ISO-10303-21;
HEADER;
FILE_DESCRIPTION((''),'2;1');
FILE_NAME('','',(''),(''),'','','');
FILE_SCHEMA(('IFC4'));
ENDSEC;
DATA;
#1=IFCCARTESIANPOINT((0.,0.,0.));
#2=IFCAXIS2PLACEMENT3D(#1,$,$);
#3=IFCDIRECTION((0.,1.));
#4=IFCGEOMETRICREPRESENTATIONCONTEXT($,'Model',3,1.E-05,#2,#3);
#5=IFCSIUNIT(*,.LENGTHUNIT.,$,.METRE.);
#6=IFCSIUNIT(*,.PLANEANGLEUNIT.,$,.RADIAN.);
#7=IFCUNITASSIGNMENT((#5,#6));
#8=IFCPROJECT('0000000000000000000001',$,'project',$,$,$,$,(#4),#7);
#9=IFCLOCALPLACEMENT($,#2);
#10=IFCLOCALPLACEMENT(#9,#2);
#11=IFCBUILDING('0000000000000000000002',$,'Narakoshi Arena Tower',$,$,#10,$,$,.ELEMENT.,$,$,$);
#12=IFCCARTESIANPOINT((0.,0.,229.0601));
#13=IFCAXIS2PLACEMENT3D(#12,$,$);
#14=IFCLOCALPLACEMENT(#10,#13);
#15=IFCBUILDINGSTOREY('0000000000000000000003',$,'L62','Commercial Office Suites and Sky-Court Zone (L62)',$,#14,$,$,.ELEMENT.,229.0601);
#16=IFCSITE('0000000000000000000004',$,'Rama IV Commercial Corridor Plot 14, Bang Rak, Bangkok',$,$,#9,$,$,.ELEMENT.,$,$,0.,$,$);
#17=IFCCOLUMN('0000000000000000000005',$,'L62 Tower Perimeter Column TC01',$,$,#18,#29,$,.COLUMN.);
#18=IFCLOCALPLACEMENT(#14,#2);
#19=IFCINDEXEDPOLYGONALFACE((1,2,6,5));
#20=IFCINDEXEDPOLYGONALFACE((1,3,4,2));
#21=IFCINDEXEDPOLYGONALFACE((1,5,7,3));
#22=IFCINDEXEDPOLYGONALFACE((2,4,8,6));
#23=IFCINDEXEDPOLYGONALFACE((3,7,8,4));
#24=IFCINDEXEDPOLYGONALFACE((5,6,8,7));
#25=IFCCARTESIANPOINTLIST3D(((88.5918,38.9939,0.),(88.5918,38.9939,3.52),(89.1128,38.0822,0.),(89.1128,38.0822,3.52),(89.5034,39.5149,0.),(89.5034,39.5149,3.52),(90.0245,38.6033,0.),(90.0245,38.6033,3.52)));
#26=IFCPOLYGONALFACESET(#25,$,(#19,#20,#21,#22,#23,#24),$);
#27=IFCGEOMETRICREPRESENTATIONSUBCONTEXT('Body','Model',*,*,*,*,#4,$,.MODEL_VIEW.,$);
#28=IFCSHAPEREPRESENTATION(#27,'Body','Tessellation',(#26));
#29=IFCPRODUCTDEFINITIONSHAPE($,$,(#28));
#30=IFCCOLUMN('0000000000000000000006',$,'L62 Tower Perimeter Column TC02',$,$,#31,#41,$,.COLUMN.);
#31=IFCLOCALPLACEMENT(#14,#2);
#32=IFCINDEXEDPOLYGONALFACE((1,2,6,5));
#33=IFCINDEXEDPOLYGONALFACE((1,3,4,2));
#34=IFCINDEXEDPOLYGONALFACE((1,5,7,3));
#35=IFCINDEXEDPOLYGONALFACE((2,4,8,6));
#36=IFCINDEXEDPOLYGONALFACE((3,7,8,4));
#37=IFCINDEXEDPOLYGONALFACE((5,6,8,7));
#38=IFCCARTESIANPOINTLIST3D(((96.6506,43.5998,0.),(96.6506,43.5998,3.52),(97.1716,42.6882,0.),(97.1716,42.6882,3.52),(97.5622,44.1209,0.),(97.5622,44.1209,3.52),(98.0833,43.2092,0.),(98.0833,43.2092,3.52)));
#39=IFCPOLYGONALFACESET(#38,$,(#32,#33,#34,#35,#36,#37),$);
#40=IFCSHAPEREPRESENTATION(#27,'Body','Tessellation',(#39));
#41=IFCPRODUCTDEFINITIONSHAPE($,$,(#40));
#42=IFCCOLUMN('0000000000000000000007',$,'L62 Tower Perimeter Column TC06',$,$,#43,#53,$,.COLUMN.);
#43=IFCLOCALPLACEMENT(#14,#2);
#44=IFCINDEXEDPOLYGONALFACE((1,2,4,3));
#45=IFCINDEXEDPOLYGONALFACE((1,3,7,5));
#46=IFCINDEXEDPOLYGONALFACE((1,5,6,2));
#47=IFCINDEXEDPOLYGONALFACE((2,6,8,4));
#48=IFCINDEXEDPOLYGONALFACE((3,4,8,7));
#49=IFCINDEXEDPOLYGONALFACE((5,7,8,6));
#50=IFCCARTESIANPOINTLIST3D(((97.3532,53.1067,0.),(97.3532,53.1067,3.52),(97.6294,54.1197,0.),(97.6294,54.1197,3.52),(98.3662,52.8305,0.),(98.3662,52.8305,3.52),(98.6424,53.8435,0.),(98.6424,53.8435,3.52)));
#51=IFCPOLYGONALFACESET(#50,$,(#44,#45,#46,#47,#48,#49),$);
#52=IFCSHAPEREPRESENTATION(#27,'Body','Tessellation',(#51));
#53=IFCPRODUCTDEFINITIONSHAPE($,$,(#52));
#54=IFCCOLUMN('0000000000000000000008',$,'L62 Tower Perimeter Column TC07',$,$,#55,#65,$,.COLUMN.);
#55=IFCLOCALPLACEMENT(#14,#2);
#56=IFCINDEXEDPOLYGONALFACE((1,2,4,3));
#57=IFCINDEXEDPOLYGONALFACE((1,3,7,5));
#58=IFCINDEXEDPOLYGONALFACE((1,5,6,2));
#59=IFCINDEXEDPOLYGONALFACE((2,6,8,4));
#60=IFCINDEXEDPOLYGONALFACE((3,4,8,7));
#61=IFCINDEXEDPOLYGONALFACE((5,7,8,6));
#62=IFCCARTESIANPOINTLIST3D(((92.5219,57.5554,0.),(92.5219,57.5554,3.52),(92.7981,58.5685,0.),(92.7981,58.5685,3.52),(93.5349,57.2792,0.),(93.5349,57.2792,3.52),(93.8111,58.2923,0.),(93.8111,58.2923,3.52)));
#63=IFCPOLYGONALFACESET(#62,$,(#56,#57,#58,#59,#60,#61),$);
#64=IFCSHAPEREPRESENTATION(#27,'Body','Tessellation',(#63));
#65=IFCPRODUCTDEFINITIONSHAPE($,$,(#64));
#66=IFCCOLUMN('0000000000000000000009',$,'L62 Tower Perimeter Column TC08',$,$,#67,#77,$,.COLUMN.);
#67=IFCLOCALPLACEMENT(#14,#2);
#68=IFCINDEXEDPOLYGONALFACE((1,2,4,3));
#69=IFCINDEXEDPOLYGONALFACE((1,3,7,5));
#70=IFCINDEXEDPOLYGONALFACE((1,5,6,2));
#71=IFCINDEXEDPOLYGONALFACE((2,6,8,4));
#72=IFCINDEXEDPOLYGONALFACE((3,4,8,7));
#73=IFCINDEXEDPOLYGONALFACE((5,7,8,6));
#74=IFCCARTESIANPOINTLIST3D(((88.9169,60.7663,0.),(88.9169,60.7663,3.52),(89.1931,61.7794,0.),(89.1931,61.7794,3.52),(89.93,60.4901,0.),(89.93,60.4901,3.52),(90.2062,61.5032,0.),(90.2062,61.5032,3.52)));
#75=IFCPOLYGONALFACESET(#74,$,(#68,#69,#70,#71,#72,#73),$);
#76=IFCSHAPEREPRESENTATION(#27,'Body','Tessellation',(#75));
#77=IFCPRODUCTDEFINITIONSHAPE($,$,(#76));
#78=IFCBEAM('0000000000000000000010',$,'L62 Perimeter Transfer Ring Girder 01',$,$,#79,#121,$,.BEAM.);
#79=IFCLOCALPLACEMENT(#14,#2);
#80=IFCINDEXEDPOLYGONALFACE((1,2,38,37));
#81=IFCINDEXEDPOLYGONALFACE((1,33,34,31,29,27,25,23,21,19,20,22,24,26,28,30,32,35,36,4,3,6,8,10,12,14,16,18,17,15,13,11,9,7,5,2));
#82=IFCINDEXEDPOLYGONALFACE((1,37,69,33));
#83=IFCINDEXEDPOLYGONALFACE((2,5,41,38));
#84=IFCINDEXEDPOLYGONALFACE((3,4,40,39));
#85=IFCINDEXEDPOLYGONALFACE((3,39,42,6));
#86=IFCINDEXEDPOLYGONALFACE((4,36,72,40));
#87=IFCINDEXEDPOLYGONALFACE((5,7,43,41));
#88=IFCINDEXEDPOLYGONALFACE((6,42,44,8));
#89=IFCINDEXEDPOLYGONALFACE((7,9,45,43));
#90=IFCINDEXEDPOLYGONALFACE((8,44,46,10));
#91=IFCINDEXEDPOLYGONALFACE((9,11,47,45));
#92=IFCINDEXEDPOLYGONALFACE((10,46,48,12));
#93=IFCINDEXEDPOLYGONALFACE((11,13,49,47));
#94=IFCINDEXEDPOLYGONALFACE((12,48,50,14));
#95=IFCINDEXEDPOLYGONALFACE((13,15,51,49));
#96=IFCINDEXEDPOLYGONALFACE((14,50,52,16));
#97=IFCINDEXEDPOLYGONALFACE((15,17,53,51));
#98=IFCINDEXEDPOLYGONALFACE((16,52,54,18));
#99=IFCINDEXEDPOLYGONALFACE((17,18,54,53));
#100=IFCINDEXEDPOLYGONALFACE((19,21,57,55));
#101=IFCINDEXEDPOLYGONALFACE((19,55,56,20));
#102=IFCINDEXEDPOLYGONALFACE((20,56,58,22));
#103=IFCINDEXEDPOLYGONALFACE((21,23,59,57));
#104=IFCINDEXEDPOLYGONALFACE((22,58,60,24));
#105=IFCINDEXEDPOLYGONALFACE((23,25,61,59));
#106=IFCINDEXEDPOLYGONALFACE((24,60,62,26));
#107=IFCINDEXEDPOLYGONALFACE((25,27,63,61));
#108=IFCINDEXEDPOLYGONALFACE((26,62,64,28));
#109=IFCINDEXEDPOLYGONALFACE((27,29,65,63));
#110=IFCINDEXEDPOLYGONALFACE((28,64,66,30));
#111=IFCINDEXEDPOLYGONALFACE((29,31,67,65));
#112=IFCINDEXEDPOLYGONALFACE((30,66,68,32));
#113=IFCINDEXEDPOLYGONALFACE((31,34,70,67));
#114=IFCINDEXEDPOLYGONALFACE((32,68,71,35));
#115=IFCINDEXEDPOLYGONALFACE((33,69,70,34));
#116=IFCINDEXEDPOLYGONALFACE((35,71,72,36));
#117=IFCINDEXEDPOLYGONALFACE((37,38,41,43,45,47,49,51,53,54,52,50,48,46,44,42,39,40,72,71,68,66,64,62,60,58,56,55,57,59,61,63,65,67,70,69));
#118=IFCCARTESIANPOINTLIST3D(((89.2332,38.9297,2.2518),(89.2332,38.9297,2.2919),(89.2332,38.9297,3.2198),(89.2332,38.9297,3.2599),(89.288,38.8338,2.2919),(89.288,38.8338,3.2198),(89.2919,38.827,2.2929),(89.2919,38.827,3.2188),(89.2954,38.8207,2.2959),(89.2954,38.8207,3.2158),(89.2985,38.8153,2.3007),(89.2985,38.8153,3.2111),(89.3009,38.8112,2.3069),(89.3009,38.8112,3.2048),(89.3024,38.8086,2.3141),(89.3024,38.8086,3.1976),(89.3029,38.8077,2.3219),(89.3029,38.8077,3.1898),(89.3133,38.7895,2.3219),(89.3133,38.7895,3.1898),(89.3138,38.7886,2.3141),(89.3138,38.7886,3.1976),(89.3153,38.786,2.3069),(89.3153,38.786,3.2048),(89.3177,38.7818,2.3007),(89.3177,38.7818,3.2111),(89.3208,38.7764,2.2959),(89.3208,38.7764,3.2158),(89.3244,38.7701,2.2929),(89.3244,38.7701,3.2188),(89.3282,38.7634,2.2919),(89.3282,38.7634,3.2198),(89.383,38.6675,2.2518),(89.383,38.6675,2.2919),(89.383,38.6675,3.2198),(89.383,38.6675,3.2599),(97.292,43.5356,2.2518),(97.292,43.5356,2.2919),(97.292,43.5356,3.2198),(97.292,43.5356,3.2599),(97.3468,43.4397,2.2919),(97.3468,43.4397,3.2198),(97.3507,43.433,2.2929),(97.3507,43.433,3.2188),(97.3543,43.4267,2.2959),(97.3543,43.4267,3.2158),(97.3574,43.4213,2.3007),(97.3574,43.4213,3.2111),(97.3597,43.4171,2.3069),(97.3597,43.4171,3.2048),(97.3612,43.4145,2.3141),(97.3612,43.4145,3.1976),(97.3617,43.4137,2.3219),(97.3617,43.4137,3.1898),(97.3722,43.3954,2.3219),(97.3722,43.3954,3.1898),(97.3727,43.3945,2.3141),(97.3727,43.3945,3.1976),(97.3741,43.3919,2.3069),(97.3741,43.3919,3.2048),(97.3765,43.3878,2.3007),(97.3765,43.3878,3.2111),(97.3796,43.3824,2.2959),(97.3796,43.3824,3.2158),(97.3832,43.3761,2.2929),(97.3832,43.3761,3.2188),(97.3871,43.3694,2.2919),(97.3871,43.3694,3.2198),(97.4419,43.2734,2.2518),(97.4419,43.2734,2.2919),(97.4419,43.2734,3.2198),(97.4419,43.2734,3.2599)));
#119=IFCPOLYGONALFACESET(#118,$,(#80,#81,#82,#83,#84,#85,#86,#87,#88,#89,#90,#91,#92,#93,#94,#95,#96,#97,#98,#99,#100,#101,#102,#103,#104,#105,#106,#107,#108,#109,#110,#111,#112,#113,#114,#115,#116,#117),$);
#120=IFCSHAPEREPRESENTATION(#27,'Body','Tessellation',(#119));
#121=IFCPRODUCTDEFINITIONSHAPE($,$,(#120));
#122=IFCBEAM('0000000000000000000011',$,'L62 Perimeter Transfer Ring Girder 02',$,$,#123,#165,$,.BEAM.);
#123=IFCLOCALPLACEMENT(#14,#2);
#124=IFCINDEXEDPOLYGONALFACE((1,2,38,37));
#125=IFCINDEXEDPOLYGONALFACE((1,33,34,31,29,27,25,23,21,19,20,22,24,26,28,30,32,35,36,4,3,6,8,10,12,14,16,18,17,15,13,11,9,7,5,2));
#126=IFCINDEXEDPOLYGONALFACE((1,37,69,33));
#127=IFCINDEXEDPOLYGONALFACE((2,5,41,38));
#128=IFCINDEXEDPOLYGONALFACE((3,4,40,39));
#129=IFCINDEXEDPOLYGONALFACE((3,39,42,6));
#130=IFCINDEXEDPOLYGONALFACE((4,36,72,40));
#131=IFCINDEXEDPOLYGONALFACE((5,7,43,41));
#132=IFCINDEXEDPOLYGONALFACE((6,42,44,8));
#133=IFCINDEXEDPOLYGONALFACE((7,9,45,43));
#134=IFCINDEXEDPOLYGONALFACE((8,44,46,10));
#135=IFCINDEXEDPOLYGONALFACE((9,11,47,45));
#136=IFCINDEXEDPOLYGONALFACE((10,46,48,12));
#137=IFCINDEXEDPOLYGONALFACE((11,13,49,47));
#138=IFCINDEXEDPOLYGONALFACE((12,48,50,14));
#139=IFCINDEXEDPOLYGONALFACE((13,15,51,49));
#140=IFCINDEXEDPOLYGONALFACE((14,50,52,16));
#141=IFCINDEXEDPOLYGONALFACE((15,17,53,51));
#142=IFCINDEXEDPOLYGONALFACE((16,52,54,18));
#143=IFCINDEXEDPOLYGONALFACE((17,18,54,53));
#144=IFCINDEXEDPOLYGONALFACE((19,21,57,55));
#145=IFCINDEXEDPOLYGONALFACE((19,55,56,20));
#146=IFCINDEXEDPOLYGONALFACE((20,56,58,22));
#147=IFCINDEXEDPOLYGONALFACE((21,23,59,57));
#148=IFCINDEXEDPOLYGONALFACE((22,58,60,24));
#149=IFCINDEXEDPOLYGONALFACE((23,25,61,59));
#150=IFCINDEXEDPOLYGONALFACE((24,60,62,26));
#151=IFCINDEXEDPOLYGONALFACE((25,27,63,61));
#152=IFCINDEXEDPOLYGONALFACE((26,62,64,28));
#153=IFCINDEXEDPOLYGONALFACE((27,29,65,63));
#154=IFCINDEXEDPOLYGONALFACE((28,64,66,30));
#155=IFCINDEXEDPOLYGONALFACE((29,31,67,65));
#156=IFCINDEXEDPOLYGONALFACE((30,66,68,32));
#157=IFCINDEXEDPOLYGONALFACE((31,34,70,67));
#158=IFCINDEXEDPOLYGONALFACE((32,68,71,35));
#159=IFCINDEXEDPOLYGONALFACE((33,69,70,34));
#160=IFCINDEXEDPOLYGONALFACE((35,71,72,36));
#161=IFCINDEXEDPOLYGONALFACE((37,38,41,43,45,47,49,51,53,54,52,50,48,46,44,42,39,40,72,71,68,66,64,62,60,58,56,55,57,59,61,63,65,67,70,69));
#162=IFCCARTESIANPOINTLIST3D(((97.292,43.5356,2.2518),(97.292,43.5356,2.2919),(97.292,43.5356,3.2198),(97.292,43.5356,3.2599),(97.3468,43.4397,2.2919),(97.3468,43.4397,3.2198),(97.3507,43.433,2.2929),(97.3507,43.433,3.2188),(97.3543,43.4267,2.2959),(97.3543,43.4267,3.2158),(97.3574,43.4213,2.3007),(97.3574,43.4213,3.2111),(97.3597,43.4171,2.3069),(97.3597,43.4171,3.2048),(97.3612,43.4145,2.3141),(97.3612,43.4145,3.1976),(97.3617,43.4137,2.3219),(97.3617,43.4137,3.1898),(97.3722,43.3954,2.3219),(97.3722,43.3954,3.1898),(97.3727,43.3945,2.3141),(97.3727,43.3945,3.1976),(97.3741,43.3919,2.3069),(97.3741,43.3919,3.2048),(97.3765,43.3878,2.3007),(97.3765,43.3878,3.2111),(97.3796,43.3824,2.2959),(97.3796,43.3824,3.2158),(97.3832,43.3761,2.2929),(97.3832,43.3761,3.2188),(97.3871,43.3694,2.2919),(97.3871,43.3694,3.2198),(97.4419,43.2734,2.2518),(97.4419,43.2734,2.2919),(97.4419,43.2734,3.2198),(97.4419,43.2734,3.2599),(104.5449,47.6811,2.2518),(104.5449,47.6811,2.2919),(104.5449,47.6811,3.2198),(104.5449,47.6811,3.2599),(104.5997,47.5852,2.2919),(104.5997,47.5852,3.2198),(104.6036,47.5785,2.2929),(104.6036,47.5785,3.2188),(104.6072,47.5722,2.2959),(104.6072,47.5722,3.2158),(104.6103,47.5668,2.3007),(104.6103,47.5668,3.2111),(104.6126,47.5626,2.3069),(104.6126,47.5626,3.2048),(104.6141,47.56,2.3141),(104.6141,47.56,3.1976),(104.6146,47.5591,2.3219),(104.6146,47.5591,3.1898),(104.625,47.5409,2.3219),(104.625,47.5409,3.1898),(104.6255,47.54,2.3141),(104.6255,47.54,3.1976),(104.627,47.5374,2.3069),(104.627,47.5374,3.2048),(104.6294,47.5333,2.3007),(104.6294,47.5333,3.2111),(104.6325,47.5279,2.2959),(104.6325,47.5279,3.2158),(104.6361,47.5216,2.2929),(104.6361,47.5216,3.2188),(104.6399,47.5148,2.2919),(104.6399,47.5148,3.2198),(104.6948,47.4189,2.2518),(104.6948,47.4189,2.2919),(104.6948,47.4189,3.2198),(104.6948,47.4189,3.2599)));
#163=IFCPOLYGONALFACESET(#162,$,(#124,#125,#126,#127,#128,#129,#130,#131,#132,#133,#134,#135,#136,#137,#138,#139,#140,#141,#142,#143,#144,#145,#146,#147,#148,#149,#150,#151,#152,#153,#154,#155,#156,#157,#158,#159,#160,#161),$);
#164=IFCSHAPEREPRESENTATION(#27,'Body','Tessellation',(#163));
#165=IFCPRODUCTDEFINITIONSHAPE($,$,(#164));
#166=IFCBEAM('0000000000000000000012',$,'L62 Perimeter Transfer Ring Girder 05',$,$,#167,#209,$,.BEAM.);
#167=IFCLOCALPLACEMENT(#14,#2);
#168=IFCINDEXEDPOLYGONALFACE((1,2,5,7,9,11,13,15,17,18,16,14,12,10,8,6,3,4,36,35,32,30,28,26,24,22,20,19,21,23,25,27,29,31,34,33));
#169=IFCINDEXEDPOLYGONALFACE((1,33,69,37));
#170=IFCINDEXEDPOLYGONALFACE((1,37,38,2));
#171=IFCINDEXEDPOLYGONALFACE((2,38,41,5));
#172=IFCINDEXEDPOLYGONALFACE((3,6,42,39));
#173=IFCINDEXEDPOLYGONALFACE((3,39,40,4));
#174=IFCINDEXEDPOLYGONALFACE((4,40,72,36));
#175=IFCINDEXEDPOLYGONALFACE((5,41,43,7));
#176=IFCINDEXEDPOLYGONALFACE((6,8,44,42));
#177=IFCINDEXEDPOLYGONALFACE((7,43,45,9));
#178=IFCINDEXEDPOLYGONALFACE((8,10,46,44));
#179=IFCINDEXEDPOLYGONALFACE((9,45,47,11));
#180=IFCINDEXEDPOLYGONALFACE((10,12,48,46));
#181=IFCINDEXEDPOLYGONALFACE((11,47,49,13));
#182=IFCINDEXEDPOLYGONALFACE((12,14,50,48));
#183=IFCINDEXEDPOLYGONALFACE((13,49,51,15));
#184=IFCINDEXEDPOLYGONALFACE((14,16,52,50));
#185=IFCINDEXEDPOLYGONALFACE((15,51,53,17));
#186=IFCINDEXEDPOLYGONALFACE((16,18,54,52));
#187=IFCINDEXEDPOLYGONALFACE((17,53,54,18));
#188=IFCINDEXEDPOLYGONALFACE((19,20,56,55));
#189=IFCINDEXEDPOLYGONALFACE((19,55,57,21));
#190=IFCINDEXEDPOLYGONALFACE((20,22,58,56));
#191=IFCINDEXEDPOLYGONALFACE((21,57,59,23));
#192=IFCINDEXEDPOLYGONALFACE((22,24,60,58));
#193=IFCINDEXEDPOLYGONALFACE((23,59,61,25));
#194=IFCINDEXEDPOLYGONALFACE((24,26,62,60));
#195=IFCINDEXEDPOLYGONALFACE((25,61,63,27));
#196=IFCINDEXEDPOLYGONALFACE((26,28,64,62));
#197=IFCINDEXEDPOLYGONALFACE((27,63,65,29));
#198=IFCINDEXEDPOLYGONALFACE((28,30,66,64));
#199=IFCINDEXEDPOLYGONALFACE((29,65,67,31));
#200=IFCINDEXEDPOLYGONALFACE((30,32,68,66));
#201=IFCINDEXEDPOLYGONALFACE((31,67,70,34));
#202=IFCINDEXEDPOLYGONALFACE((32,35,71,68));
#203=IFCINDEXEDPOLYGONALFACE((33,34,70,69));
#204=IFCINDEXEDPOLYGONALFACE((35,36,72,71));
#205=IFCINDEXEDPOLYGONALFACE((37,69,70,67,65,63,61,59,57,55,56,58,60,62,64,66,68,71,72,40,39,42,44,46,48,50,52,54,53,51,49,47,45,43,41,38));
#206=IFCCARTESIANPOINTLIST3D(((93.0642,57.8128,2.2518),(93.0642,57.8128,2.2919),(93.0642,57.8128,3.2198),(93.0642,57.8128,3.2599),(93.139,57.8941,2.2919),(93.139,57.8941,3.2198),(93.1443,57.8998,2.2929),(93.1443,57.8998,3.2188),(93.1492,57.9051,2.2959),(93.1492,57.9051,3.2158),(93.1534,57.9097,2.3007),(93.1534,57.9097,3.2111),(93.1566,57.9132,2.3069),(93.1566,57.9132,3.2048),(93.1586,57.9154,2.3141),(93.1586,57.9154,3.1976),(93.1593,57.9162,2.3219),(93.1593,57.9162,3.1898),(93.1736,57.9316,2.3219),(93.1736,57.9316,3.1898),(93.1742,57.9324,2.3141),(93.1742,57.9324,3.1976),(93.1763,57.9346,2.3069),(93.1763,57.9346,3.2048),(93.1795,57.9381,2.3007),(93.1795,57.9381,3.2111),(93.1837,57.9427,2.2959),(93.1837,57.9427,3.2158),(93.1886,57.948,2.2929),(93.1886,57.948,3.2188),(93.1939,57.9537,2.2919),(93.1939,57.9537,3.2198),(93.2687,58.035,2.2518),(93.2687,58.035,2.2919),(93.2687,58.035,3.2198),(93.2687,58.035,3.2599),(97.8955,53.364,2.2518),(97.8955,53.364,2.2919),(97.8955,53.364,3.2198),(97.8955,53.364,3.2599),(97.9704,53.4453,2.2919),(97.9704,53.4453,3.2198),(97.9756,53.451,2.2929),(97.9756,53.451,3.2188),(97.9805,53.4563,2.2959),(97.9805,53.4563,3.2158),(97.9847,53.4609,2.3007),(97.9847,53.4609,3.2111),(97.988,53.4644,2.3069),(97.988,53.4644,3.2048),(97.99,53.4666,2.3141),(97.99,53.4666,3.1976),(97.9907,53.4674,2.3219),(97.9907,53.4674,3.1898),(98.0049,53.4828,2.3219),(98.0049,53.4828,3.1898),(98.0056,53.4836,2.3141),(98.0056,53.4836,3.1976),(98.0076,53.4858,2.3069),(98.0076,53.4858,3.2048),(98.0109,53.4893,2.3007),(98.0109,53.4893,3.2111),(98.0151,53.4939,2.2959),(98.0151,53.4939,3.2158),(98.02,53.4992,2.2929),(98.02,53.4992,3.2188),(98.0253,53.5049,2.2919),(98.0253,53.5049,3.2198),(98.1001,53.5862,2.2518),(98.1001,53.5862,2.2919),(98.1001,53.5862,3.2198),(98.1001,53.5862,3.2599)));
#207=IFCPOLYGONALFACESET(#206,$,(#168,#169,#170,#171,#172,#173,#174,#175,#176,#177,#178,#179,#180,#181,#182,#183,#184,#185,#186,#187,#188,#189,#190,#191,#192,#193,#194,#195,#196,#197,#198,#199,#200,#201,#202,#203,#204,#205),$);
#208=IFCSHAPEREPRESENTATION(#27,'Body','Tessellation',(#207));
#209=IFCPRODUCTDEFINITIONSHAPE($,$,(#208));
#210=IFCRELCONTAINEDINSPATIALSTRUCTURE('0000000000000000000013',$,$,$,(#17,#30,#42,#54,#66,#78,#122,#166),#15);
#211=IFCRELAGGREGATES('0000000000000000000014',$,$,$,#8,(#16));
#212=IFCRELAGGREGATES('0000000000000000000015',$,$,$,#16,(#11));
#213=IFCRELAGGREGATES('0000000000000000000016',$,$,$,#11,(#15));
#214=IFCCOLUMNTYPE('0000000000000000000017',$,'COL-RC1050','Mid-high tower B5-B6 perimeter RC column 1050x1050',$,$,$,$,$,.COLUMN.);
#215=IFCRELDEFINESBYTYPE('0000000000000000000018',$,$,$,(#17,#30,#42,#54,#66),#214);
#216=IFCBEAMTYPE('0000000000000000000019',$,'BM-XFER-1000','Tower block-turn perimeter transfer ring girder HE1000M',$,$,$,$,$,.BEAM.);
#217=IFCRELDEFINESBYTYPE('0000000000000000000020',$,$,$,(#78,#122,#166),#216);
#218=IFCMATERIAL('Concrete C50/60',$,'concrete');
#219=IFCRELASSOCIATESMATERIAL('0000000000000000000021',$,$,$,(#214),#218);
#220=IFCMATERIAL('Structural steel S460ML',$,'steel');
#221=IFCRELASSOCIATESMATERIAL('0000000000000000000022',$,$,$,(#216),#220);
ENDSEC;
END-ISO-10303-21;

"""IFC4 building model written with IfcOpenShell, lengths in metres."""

from ifc_helpers import new_model, si_unit, direction, frame, origin, origin_2d, place, context, subcontext, project, spatial, rectangle, i_section, extrude, material, material_profile, profile_set, type_object, element, save


model = new_model("IFC4")

# Units and contexts
model_context = context("Model", 3, precision=1e-05, world=origin(), true_north=direction((0.0, 1.0)))
body_context = subcontext(model_context, "Body", "Model", "MODEL_VIEW")
ifc_project = project(units=[si_unit("LENGTHUNIT", "METRE"), si_unit("PLANEANGLEUNIT", "RADIAN")], contexts=[model_context])

# Site, building, storey
site_placement = place(None, origin())
site = spatial("IfcSite", under=ifc_project, at=site_placement, Name="Rama IV Commercial Corridor Plot 14, Bang Rak, Bangkok", CompositionType="ELEMENT", RefElevation=0.0)
building_placement = place(site_placement, origin())
building = spatial("IfcBuilding", under=site, at=building_placement, Name="Narakoshi Arena Tower", CompositionType="ELEMENT")
storey_placement = place(building_placement, frame((0.0, 0.0, 229.0601)))
storey = spatial("IfcBuildingStorey", under=building, at=storey_placement, Name="L62", Description="Commercial Office Suites and Sky-Court Zone (L62)", CompositionType="ELEMENT", Elevation=229.0601)

# Columns
ifc_material_1 = material(Name="Concrete C50/60", Category="concrete")
ifc_material_profile_1 = material_profile(ifc_material_1, rectangle(XDim=1.05, YDim=1.05, at=origin_2d()), Name="RC1050x1050")
ifc_profile_set_1 = profile_set([ifc_material_profile_1], Name="Concrete C50/60")
column_type = type_object("IfcColumnType", Name="COL-RC1050", Description="Mid-high tower B5-B6 perimeter RC column 1050x1050", PredefinedType="COLUMN", material=ifc_profile_set_1)
for number, where, z_axis, x_axis, name in (
    (1, (89.3081, 38.7986, 0.0), (0.0, 0.0, 1.0), (0.868199, 0.496217, 0.0), "L62 Tower Perimeter Column TC01"),
    (2, (97.3669, 43.4045, 0.0), (0.0, 0.0, 1.0), (0.868199, 0.496217, 0.0), "L62 Tower Perimeter Column TC02"),
    (3, (97.9978, 53.4751, 0.0), (0.0, 0.0, 1.0), (0.263031, 0.964787, 0.0), "L62 Tower Perimeter Column TC06"),
    (4, (93.1665, 57.9238, 0.0), (0.0, 0.0, 1.0), (0.263031, 0.964787, 0.0), "L62 Tower Perimeter Column TC07"),
    (5, (89.5615, 61.1348, 0.0), (0.0, 0.0, 1.0), (0.263031, 0.964787, 0.0), "L62 Tower Perimeter Column TC08"),
):
    element("IfcColumn", number, at=place(storey_placement, frame(where, z_axis=z_axis, x_axis=x_axis)), inside=storey, type_object=column_type, Name=name, PredefinedType="COLUMN", context=body_context, shape_type="SweptSolid", body=[
        extrude(rectangle(XDim=1.05, YDim=1.05, at=origin_2d()), origin(), (0.0, 0.0, 1.0), 3.52),
    ])

# Beams
ifc_material_2 = material(Name="Structural steel S460ML", Category="steel")
ifc_material_profile_2 = material_profile(ifc_material_2, i_section(OverallWidth=0.302, OverallDepth=1.0081, WebThickness=0.021, FlangeThickness=0.04, FilletRadius=0.03, at=origin_2d()), Name="HE1000M")
ifc_profile_set_2 = profile_set([ifc_material_profile_2], Name="Structural steel S460ML")
beam_type = type_object("IfcBeamType", Name="BM-XFER-1000", Description="Tower block-turn perimeter transfer ring girder HE1000M", PredefinedType="BEAM", material=ifc_profile_set_2)
beam_1_placement = place(storey_placement, frame((89.3081, 38.7986, 2.7559), z_axis=(0.868201, 0.496213, 0.0), x_axis=(-0.496213, 0.868201, 0.0)))
element("IfcBeam", 6, at=beam_1_placement, inside=storey, type_object=beam_type, Name="L62 Perimeter Transfer Ring Girder 01", PredefinedType="BEAM", context=body_context, shape_type="SweptSolid", body=[
    extrude(i_section(OverallWidth=0.302, OverallDepth=1.0081, WebThickness=0.021, FlangeThickness=0.04, FilletRadius=0.03, at=origin_2d()), origin(), (0.0, 0.0, 1.0), 9.2822),
])
beam_2_placement = place(storey_placement, frame((97.3669, 43.4045, 2.7559), z_axis=(0.868193, 0.496227, 0.0), x_axis=(-0.496227, 0.868193, 0.0)))
element("IfcBeam", 7, at=beam_2_placement, inside=storey, type_object=beam_type, Name="L62 Perimeter Transfer Ring Girder 02", PredefinedType="BEAM", context=body_context, shape_type="SweptSolid", body=[
    extrude(i_section(OverallWidth=0.302, OverallDepth=1.0081, WebThickness=0.021, FlangeThickness=0.04, FilletRadius=0.03, at=origin_2d()), origin(), (0.0, 0.0, 1.0), 8.354),
])
beam_3_placement = place(storey_placement, frame((97.9978, 53.4751, 2.7559), z_axis=(-0.735632, 0.677381, 0.0), x_axis=(-0.677381, -0.735632, 0.0)))
element("IfcBeam", 8, at=beam_3_placement, inside=storey, type_object=beam_type, Name="L62 Perimeter Transfer Ring Girder 05", PredefinedType="BEAM", context=body_context, shape_type="SweptSolid", body=[
    extrude(i_section(OverallWidth=0.302, OverallDepth=1.0081, WebThickness=0.021, FlangeThickness=0.04, FilletRadius=0.03, at=origin_2d()), origin(), (0.0, 0.0, 1.0), 6.5676),
])

save(model, "model.ifc")
